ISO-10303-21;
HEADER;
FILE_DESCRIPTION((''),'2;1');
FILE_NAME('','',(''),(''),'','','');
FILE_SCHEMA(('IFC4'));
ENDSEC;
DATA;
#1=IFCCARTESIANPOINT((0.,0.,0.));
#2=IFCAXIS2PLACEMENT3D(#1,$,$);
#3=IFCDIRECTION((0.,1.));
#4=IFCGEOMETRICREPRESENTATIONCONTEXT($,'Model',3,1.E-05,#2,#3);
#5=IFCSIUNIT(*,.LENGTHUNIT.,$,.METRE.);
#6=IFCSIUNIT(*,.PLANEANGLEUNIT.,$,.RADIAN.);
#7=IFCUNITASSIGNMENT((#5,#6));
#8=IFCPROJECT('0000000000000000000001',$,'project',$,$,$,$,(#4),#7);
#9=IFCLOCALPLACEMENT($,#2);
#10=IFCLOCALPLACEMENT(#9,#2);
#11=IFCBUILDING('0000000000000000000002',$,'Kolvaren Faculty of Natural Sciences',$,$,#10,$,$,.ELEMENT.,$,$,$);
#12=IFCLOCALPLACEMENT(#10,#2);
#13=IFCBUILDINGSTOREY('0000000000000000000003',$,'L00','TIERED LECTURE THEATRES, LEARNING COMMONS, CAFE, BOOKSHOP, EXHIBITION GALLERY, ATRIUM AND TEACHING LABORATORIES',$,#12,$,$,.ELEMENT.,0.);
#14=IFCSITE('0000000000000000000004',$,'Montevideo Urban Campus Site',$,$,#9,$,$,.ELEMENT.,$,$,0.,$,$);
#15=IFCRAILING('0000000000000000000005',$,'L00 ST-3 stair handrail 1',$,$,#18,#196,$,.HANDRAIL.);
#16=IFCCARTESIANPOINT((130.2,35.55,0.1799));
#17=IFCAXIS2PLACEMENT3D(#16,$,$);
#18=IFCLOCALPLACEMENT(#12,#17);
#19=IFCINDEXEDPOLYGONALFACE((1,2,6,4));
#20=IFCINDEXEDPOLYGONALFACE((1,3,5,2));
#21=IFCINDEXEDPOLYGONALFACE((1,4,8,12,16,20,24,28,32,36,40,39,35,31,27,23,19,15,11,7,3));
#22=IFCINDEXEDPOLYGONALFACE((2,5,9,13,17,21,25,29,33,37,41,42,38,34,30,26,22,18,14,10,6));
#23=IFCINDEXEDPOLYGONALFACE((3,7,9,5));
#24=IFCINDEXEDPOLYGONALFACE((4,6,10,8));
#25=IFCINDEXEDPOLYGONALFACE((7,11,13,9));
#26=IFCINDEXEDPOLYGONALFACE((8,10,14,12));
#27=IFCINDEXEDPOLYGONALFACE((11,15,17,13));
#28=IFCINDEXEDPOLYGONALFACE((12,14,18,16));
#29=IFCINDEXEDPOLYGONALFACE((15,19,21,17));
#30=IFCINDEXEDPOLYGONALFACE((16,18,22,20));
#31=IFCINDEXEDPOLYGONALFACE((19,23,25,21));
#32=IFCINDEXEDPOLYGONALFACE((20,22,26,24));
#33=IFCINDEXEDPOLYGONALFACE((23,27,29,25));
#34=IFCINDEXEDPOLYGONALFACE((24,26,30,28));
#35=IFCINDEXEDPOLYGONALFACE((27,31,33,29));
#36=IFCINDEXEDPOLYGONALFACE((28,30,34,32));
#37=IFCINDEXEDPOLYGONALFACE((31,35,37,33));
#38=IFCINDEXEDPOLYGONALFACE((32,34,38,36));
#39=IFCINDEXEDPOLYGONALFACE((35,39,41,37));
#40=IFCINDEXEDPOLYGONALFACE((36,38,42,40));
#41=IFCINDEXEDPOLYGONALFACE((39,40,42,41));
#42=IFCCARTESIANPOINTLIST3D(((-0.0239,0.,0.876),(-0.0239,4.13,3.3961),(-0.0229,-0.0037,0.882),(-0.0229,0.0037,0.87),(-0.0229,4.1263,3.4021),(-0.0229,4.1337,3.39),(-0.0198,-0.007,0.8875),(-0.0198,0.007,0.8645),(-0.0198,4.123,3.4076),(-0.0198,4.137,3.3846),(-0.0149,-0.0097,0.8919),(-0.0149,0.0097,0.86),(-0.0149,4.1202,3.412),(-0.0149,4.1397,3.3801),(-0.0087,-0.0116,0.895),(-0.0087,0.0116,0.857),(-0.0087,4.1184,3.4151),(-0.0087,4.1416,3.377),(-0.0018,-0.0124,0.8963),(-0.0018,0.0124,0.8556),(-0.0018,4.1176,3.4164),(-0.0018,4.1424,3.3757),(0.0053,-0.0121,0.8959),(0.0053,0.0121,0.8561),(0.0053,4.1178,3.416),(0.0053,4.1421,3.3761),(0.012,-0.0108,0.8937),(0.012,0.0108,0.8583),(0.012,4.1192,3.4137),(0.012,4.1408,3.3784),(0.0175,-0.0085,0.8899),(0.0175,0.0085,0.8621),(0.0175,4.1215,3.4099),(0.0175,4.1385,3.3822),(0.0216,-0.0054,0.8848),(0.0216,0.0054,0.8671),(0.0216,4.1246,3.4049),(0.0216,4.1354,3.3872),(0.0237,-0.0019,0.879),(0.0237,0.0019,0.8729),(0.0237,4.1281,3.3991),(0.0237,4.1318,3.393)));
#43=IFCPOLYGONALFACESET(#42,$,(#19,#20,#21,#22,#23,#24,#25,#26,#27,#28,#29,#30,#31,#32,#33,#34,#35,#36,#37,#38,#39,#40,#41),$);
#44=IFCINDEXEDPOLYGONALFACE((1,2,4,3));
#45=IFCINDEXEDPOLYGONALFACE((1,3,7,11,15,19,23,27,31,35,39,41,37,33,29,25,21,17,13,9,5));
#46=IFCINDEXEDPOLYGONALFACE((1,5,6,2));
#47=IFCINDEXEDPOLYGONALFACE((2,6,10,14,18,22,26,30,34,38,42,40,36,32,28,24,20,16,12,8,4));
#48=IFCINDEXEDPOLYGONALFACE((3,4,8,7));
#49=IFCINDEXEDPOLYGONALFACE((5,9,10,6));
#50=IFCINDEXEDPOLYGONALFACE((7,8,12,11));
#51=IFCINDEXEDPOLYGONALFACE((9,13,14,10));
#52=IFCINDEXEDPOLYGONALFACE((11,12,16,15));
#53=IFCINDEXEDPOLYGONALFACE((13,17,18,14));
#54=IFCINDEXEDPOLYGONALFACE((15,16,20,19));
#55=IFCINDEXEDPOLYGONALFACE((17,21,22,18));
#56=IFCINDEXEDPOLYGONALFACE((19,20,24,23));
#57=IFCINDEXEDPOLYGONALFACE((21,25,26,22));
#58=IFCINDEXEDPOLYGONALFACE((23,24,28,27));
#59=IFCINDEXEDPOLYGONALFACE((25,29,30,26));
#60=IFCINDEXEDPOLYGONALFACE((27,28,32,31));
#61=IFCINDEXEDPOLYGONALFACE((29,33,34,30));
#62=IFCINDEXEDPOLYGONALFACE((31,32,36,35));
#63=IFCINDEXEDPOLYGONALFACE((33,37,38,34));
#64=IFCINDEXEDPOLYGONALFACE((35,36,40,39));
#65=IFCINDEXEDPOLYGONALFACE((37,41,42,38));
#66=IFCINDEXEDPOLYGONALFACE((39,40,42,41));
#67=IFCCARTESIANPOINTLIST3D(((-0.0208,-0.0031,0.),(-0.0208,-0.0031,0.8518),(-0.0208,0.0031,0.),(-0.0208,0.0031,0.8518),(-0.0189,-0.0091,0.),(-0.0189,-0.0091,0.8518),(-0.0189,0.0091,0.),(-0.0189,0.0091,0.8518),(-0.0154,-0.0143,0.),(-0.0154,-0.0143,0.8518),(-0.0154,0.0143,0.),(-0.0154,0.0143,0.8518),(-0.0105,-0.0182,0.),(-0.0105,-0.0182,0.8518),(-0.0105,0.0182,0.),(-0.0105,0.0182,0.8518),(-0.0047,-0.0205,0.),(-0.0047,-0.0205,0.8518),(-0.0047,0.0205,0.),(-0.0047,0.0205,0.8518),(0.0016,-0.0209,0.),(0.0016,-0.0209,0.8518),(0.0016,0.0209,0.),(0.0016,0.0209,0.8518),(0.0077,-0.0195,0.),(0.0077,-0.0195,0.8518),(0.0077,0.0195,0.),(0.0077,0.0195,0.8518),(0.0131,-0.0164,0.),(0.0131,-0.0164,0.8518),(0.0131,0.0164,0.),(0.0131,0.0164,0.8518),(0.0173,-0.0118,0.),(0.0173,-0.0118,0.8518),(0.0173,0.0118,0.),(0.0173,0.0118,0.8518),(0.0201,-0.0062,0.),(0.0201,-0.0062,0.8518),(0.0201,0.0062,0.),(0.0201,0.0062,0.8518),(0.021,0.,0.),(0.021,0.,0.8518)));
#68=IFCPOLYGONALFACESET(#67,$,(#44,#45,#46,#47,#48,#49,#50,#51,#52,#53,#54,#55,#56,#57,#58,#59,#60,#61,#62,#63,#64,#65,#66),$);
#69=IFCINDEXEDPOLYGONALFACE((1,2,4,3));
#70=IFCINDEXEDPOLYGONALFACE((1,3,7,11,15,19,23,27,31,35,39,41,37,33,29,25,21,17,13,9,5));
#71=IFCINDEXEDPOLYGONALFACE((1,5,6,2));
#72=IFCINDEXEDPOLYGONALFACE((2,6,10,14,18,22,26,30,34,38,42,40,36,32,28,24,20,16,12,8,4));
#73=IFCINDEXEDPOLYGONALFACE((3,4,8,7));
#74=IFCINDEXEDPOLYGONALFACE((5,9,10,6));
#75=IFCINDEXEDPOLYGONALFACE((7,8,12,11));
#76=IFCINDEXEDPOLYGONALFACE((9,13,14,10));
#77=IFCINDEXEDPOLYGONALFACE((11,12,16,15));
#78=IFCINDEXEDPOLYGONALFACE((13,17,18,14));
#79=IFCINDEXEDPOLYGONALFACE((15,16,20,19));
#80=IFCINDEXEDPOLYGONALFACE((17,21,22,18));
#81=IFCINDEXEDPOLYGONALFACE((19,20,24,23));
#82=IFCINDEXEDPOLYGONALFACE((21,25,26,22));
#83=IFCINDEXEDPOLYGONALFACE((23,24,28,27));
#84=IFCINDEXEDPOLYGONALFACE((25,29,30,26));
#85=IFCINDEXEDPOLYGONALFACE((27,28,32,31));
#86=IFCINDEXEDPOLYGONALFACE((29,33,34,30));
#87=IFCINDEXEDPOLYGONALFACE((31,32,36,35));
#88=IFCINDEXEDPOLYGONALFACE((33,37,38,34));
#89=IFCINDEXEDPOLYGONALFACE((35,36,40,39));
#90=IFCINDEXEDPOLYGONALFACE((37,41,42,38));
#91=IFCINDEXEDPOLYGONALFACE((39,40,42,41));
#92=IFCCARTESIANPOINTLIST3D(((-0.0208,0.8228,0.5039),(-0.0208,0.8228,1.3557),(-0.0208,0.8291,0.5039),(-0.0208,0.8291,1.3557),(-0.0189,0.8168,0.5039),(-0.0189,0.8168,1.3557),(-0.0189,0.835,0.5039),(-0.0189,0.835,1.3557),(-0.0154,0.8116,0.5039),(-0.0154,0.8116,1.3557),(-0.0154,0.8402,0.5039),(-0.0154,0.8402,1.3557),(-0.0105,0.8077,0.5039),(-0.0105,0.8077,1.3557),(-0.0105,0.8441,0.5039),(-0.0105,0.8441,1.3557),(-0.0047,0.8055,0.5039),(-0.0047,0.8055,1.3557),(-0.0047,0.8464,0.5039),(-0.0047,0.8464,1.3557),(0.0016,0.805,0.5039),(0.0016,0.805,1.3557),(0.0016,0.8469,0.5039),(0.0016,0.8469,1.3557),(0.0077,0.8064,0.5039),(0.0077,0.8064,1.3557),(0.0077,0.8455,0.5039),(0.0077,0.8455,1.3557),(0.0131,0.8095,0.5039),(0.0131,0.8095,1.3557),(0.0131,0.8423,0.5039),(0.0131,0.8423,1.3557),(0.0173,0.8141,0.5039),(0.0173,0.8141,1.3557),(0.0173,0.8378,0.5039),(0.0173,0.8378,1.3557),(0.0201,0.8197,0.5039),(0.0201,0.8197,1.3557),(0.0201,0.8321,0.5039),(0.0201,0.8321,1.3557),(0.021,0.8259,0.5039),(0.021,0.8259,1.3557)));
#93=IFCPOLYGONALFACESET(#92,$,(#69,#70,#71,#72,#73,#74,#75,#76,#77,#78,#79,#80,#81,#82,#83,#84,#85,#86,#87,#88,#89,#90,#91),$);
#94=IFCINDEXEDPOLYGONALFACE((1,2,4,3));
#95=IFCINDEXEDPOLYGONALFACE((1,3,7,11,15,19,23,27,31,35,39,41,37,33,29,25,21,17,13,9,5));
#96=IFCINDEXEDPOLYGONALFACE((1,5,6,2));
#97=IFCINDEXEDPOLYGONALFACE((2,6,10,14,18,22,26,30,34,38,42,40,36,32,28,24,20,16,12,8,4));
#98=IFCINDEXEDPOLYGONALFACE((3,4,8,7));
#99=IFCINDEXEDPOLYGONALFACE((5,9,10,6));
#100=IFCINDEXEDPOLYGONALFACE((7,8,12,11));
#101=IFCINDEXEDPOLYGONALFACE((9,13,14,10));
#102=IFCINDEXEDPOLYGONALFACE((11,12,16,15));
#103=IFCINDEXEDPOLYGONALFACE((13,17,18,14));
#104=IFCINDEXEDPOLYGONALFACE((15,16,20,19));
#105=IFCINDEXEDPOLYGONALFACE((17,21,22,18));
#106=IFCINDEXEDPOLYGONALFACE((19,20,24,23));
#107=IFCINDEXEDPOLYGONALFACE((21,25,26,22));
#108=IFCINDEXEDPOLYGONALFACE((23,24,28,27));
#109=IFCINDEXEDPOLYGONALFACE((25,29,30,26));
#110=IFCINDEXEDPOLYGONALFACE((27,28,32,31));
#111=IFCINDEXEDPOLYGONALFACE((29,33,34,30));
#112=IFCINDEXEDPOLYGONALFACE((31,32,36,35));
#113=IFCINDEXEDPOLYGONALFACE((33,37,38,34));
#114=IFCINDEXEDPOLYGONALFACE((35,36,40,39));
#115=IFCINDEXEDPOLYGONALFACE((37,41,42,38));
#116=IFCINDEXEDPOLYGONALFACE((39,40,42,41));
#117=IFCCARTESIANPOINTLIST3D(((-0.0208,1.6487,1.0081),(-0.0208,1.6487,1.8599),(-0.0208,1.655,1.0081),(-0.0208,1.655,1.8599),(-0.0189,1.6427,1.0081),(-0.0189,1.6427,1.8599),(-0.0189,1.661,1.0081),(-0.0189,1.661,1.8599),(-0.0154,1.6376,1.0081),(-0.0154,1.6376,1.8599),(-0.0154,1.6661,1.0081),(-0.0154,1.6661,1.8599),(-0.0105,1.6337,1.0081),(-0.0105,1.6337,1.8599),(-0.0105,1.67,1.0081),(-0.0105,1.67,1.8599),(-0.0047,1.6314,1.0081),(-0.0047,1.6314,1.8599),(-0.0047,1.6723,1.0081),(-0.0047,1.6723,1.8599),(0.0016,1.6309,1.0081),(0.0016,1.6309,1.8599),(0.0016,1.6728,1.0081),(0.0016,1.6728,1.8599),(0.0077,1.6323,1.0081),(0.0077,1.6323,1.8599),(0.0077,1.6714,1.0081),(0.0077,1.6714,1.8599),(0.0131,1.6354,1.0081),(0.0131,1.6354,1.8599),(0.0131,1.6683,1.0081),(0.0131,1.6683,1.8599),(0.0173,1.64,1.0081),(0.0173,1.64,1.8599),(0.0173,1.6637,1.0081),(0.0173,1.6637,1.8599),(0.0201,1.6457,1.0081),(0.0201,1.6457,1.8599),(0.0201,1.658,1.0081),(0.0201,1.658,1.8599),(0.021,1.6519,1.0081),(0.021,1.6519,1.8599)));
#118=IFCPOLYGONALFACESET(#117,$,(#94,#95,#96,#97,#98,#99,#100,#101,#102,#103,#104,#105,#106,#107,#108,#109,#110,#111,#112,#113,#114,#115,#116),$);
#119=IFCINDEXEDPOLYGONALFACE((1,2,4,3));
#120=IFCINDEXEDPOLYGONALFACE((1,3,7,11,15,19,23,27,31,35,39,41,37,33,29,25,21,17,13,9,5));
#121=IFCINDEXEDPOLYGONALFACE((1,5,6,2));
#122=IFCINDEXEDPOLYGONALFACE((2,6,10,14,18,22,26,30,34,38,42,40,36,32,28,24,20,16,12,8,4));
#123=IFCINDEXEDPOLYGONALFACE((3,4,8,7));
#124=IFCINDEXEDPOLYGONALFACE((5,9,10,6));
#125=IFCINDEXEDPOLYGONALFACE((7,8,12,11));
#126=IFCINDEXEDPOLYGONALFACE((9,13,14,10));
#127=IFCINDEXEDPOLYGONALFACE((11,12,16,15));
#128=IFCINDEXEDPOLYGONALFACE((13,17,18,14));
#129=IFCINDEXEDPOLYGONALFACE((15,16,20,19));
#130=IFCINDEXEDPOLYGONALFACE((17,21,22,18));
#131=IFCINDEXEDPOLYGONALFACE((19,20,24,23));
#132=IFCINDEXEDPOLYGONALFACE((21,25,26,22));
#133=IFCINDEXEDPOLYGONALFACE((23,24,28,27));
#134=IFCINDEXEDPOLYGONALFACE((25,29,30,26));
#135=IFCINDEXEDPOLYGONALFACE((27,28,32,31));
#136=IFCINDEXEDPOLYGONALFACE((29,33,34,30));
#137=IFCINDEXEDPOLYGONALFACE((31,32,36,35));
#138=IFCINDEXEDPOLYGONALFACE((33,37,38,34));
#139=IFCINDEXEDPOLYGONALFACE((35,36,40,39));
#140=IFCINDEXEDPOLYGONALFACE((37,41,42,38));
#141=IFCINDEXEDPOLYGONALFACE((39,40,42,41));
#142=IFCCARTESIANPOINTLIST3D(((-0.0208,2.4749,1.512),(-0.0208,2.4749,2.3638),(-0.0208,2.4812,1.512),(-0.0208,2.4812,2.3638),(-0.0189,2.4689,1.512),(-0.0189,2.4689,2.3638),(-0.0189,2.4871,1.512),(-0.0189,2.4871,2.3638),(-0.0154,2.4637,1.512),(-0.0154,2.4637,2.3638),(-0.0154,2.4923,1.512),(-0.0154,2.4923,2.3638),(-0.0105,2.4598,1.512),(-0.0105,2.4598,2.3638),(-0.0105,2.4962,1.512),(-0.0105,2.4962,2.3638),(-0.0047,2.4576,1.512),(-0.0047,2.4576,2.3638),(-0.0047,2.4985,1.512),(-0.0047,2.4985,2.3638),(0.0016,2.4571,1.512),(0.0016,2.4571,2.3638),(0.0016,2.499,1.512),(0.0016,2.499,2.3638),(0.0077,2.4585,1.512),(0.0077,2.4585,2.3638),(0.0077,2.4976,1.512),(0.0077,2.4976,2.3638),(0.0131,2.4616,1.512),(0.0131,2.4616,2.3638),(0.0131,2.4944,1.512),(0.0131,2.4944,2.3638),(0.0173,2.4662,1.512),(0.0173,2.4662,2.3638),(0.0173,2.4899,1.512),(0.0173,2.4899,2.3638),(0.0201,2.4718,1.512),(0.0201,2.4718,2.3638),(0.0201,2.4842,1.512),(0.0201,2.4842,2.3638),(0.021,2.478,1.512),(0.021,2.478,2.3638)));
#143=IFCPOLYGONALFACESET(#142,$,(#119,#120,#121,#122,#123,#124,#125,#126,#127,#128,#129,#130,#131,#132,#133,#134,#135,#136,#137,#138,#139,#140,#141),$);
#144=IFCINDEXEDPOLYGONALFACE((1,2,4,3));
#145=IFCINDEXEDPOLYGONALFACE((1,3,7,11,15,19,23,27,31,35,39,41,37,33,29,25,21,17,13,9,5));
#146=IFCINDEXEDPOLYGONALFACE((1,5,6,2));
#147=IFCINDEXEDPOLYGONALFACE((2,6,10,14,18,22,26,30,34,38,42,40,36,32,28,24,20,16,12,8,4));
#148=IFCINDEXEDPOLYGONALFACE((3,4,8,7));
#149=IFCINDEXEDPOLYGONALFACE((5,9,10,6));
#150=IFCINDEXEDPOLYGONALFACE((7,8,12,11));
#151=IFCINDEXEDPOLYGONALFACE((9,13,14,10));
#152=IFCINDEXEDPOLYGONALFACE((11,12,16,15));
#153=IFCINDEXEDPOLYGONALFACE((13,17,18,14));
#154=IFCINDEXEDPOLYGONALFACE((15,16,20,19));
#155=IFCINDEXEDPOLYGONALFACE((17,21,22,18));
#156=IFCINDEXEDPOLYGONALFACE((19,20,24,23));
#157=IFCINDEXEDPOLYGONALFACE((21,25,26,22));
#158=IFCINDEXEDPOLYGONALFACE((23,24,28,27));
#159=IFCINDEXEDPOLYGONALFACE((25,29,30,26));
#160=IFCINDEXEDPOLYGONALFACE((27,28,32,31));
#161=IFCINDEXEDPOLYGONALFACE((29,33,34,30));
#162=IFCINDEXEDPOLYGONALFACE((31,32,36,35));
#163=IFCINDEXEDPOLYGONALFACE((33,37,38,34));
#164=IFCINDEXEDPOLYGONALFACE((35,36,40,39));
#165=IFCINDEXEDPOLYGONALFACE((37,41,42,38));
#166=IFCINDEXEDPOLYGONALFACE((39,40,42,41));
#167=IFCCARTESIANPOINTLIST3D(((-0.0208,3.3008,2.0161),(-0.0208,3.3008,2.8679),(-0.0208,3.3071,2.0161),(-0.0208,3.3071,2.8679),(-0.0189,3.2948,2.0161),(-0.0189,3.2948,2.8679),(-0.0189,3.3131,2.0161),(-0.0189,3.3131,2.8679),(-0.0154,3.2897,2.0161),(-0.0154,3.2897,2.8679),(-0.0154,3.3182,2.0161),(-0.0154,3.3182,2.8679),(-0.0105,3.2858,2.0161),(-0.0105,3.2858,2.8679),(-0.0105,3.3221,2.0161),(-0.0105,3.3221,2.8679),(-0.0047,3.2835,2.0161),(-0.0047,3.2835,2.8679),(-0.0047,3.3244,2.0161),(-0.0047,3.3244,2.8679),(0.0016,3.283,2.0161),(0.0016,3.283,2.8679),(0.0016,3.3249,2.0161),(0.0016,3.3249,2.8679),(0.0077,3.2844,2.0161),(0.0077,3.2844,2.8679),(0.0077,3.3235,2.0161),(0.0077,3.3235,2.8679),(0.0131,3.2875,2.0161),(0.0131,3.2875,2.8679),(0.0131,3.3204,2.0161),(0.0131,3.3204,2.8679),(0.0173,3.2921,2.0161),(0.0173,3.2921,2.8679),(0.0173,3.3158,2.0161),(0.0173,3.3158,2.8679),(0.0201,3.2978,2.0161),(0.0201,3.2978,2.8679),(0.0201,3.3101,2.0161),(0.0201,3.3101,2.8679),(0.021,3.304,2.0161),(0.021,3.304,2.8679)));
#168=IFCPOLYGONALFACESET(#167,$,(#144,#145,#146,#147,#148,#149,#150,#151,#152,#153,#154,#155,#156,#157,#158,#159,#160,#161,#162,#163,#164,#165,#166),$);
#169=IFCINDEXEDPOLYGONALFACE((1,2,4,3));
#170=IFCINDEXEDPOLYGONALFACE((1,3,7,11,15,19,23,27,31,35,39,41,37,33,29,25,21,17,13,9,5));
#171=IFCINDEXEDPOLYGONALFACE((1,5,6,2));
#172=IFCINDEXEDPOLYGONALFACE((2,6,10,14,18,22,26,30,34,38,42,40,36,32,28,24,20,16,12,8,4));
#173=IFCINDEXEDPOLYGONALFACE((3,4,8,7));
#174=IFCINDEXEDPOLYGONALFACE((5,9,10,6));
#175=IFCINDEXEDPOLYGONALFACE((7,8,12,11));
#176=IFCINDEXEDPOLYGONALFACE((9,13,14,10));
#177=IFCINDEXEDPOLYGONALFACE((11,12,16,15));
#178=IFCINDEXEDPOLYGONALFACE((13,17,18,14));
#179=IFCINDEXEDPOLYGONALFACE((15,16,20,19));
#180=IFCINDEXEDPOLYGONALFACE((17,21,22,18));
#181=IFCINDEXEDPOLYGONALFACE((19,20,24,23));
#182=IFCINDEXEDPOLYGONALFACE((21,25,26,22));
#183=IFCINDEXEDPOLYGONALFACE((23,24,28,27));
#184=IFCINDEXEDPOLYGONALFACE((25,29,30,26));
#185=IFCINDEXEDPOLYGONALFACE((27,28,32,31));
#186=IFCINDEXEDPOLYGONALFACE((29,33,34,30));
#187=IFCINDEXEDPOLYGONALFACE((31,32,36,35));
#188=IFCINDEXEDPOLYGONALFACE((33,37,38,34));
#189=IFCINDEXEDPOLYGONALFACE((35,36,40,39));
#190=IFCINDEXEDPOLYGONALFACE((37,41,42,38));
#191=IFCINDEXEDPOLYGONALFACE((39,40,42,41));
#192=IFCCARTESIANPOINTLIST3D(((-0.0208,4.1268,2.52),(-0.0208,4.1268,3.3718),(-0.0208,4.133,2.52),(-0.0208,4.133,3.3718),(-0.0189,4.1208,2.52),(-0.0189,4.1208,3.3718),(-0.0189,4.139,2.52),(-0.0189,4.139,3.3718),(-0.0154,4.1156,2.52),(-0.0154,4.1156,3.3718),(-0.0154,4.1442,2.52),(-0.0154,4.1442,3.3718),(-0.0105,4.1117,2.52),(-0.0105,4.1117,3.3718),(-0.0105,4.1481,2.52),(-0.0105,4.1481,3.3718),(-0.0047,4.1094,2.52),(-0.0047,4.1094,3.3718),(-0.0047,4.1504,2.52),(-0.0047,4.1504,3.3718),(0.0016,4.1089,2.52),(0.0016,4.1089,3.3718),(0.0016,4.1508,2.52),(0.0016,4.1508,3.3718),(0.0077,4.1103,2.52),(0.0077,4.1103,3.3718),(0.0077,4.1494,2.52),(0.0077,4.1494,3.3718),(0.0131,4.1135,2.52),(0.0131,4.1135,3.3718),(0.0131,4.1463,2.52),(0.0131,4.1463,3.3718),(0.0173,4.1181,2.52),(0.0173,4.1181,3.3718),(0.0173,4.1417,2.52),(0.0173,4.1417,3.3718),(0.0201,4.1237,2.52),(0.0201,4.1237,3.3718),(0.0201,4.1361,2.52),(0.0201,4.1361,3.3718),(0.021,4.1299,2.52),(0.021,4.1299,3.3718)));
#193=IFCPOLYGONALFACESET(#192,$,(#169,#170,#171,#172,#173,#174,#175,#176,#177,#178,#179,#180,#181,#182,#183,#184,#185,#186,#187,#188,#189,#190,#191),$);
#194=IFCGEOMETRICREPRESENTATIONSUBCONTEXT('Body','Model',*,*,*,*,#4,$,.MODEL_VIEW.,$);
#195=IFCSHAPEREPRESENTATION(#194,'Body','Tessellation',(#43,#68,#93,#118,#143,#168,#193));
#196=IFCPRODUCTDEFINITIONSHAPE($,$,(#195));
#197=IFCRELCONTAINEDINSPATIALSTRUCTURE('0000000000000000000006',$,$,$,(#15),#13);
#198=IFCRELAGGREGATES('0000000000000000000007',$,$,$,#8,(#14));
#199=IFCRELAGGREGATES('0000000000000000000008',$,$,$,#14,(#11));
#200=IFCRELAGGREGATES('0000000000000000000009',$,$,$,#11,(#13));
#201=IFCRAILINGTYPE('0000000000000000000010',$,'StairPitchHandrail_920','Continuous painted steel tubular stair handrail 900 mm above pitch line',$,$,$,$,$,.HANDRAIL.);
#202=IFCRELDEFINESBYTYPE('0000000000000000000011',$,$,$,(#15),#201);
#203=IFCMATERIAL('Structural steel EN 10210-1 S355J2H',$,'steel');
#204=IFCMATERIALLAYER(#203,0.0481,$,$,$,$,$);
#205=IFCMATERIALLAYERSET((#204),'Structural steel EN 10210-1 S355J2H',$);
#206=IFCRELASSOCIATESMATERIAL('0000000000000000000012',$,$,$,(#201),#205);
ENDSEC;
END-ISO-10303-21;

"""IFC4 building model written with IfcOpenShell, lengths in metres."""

from ifc_helpers import new_model, si_unit, direction, frame, origin, origin_2d, place, context, subcontext, project, spatial, circle, extrude, material, layer, layer_set, type_object, element, save


model = new_model("IFC4")

# Units and contexts
model_context = context("Model", 3, precision=1e-05, world=origin(), true_north=direction((0.0, 1.0)))
body_context = subcontext(model_context, "Body", "Model", "MODEL_VIEW")
ifc_project = project(units=[si_unit("LENGTHUNIT", "METRE"), si_unit("PLANEANGLEUNIT", "RADIAN")], contexts=[model_context])

# Site, building, storey
site_placement = place(None, origin())
site = spatial("IfcSite", under=ifc_project, at=site_placement, Name="Montevideo Urban Campus Site", CompositionType="ELEMENT", RefElevation=0.0)
building_placement = place(site_placement, origin())
building = spatial("IfcBuilding", under=site, at=building_placement, Name="Kolvaren Faculty of Natural Sciences", CompositionType="ELEMENT")
storey_placement = place(building_placement, origin())
storey = spatial("IfcBuildingStorey", under=building, at=storey_placement, Name="L00", Description="TIERED LECTURE THEATRES, LEARNING COMMONS, CAFE, BOOKSHOP, EXHIBITION GALLERY, ATRIUM AND TEACHING LABORATORIES", CompositionType="ELEMENT", Elevation=0.0)

# Railing
ifc_material_1 = material(Name="Structural steel EN 10210-1 S355J2H", Category="steel")
ifc_layer_1 = layer(ifc_material_1, 0.0481)
ifc_layer_set_1 = layer_set([ifc_layer_1], Name="Structural steel EN 10210-1 S355J2H")
railing_type_1 = type_object("IfcRailingType", Name="StairPitchHandrail_920", Description="Continuous painted steel tubular stair handrail 900 mm above pitch line", PredefinedType="HANDRAIL", material=ifc_layer_set_1)
railing_1_placement = place(storey_placement, frame((130.2, 35.55, 0.1799)))
element("IfcRailing", 1, at=railing_1_placement, inside=storey, type_object=railing_type_1, Name="L00 ST-3 stair handrail 1", PredefinedType="HANDRAIL", context=body_context, shape_type="SweptSolid", body=[
    extrude(circle(Radius=0.0239, at=origin_2d()), frame((0.0, 0.0, 0.876), z_axis=(0.0, 0.853631, 0.520878), x_axis=(-1.0, 0.0, 0.0)), (0.0, 0.0, 1.0), 4.8381),
    extrude(circle(Radius=0.021, at=origin_2d()), origin(), (0.0, 0.0, 1.0), 0.8518),
    extrude(circle(Radius=0.021, at=origin_2d()), frame((0.0, 0.8259, 0.5039)), (0.0, 0.0, 1.0), 0.8518),
    extrude(circle(Radius=0.021, at=origin_2d()), frame((0.0, 1.6519, 1.0081)), (0.0, 0.0, 1.0), 0.8518),
    extrude(circle(Radius=0.021, at=origin_2d()), frame((0.0, 2.478, 1.512)), (0.0, 0.0, 1.0), 0.8518),
    extrude(circle(Radius=0.021, at=origin_2d()), frame((0.0, 3.304, 2.0161)), (0.0, 0.0, 1.0), 0.8518),
    extrude(circle(Radius=0.021, at=origin_2d()), frame((0.0, 4.1299, 2.52)), (0.0, 0.0, 1.0), 0.8518),
])

save(model, "model.ifc")
